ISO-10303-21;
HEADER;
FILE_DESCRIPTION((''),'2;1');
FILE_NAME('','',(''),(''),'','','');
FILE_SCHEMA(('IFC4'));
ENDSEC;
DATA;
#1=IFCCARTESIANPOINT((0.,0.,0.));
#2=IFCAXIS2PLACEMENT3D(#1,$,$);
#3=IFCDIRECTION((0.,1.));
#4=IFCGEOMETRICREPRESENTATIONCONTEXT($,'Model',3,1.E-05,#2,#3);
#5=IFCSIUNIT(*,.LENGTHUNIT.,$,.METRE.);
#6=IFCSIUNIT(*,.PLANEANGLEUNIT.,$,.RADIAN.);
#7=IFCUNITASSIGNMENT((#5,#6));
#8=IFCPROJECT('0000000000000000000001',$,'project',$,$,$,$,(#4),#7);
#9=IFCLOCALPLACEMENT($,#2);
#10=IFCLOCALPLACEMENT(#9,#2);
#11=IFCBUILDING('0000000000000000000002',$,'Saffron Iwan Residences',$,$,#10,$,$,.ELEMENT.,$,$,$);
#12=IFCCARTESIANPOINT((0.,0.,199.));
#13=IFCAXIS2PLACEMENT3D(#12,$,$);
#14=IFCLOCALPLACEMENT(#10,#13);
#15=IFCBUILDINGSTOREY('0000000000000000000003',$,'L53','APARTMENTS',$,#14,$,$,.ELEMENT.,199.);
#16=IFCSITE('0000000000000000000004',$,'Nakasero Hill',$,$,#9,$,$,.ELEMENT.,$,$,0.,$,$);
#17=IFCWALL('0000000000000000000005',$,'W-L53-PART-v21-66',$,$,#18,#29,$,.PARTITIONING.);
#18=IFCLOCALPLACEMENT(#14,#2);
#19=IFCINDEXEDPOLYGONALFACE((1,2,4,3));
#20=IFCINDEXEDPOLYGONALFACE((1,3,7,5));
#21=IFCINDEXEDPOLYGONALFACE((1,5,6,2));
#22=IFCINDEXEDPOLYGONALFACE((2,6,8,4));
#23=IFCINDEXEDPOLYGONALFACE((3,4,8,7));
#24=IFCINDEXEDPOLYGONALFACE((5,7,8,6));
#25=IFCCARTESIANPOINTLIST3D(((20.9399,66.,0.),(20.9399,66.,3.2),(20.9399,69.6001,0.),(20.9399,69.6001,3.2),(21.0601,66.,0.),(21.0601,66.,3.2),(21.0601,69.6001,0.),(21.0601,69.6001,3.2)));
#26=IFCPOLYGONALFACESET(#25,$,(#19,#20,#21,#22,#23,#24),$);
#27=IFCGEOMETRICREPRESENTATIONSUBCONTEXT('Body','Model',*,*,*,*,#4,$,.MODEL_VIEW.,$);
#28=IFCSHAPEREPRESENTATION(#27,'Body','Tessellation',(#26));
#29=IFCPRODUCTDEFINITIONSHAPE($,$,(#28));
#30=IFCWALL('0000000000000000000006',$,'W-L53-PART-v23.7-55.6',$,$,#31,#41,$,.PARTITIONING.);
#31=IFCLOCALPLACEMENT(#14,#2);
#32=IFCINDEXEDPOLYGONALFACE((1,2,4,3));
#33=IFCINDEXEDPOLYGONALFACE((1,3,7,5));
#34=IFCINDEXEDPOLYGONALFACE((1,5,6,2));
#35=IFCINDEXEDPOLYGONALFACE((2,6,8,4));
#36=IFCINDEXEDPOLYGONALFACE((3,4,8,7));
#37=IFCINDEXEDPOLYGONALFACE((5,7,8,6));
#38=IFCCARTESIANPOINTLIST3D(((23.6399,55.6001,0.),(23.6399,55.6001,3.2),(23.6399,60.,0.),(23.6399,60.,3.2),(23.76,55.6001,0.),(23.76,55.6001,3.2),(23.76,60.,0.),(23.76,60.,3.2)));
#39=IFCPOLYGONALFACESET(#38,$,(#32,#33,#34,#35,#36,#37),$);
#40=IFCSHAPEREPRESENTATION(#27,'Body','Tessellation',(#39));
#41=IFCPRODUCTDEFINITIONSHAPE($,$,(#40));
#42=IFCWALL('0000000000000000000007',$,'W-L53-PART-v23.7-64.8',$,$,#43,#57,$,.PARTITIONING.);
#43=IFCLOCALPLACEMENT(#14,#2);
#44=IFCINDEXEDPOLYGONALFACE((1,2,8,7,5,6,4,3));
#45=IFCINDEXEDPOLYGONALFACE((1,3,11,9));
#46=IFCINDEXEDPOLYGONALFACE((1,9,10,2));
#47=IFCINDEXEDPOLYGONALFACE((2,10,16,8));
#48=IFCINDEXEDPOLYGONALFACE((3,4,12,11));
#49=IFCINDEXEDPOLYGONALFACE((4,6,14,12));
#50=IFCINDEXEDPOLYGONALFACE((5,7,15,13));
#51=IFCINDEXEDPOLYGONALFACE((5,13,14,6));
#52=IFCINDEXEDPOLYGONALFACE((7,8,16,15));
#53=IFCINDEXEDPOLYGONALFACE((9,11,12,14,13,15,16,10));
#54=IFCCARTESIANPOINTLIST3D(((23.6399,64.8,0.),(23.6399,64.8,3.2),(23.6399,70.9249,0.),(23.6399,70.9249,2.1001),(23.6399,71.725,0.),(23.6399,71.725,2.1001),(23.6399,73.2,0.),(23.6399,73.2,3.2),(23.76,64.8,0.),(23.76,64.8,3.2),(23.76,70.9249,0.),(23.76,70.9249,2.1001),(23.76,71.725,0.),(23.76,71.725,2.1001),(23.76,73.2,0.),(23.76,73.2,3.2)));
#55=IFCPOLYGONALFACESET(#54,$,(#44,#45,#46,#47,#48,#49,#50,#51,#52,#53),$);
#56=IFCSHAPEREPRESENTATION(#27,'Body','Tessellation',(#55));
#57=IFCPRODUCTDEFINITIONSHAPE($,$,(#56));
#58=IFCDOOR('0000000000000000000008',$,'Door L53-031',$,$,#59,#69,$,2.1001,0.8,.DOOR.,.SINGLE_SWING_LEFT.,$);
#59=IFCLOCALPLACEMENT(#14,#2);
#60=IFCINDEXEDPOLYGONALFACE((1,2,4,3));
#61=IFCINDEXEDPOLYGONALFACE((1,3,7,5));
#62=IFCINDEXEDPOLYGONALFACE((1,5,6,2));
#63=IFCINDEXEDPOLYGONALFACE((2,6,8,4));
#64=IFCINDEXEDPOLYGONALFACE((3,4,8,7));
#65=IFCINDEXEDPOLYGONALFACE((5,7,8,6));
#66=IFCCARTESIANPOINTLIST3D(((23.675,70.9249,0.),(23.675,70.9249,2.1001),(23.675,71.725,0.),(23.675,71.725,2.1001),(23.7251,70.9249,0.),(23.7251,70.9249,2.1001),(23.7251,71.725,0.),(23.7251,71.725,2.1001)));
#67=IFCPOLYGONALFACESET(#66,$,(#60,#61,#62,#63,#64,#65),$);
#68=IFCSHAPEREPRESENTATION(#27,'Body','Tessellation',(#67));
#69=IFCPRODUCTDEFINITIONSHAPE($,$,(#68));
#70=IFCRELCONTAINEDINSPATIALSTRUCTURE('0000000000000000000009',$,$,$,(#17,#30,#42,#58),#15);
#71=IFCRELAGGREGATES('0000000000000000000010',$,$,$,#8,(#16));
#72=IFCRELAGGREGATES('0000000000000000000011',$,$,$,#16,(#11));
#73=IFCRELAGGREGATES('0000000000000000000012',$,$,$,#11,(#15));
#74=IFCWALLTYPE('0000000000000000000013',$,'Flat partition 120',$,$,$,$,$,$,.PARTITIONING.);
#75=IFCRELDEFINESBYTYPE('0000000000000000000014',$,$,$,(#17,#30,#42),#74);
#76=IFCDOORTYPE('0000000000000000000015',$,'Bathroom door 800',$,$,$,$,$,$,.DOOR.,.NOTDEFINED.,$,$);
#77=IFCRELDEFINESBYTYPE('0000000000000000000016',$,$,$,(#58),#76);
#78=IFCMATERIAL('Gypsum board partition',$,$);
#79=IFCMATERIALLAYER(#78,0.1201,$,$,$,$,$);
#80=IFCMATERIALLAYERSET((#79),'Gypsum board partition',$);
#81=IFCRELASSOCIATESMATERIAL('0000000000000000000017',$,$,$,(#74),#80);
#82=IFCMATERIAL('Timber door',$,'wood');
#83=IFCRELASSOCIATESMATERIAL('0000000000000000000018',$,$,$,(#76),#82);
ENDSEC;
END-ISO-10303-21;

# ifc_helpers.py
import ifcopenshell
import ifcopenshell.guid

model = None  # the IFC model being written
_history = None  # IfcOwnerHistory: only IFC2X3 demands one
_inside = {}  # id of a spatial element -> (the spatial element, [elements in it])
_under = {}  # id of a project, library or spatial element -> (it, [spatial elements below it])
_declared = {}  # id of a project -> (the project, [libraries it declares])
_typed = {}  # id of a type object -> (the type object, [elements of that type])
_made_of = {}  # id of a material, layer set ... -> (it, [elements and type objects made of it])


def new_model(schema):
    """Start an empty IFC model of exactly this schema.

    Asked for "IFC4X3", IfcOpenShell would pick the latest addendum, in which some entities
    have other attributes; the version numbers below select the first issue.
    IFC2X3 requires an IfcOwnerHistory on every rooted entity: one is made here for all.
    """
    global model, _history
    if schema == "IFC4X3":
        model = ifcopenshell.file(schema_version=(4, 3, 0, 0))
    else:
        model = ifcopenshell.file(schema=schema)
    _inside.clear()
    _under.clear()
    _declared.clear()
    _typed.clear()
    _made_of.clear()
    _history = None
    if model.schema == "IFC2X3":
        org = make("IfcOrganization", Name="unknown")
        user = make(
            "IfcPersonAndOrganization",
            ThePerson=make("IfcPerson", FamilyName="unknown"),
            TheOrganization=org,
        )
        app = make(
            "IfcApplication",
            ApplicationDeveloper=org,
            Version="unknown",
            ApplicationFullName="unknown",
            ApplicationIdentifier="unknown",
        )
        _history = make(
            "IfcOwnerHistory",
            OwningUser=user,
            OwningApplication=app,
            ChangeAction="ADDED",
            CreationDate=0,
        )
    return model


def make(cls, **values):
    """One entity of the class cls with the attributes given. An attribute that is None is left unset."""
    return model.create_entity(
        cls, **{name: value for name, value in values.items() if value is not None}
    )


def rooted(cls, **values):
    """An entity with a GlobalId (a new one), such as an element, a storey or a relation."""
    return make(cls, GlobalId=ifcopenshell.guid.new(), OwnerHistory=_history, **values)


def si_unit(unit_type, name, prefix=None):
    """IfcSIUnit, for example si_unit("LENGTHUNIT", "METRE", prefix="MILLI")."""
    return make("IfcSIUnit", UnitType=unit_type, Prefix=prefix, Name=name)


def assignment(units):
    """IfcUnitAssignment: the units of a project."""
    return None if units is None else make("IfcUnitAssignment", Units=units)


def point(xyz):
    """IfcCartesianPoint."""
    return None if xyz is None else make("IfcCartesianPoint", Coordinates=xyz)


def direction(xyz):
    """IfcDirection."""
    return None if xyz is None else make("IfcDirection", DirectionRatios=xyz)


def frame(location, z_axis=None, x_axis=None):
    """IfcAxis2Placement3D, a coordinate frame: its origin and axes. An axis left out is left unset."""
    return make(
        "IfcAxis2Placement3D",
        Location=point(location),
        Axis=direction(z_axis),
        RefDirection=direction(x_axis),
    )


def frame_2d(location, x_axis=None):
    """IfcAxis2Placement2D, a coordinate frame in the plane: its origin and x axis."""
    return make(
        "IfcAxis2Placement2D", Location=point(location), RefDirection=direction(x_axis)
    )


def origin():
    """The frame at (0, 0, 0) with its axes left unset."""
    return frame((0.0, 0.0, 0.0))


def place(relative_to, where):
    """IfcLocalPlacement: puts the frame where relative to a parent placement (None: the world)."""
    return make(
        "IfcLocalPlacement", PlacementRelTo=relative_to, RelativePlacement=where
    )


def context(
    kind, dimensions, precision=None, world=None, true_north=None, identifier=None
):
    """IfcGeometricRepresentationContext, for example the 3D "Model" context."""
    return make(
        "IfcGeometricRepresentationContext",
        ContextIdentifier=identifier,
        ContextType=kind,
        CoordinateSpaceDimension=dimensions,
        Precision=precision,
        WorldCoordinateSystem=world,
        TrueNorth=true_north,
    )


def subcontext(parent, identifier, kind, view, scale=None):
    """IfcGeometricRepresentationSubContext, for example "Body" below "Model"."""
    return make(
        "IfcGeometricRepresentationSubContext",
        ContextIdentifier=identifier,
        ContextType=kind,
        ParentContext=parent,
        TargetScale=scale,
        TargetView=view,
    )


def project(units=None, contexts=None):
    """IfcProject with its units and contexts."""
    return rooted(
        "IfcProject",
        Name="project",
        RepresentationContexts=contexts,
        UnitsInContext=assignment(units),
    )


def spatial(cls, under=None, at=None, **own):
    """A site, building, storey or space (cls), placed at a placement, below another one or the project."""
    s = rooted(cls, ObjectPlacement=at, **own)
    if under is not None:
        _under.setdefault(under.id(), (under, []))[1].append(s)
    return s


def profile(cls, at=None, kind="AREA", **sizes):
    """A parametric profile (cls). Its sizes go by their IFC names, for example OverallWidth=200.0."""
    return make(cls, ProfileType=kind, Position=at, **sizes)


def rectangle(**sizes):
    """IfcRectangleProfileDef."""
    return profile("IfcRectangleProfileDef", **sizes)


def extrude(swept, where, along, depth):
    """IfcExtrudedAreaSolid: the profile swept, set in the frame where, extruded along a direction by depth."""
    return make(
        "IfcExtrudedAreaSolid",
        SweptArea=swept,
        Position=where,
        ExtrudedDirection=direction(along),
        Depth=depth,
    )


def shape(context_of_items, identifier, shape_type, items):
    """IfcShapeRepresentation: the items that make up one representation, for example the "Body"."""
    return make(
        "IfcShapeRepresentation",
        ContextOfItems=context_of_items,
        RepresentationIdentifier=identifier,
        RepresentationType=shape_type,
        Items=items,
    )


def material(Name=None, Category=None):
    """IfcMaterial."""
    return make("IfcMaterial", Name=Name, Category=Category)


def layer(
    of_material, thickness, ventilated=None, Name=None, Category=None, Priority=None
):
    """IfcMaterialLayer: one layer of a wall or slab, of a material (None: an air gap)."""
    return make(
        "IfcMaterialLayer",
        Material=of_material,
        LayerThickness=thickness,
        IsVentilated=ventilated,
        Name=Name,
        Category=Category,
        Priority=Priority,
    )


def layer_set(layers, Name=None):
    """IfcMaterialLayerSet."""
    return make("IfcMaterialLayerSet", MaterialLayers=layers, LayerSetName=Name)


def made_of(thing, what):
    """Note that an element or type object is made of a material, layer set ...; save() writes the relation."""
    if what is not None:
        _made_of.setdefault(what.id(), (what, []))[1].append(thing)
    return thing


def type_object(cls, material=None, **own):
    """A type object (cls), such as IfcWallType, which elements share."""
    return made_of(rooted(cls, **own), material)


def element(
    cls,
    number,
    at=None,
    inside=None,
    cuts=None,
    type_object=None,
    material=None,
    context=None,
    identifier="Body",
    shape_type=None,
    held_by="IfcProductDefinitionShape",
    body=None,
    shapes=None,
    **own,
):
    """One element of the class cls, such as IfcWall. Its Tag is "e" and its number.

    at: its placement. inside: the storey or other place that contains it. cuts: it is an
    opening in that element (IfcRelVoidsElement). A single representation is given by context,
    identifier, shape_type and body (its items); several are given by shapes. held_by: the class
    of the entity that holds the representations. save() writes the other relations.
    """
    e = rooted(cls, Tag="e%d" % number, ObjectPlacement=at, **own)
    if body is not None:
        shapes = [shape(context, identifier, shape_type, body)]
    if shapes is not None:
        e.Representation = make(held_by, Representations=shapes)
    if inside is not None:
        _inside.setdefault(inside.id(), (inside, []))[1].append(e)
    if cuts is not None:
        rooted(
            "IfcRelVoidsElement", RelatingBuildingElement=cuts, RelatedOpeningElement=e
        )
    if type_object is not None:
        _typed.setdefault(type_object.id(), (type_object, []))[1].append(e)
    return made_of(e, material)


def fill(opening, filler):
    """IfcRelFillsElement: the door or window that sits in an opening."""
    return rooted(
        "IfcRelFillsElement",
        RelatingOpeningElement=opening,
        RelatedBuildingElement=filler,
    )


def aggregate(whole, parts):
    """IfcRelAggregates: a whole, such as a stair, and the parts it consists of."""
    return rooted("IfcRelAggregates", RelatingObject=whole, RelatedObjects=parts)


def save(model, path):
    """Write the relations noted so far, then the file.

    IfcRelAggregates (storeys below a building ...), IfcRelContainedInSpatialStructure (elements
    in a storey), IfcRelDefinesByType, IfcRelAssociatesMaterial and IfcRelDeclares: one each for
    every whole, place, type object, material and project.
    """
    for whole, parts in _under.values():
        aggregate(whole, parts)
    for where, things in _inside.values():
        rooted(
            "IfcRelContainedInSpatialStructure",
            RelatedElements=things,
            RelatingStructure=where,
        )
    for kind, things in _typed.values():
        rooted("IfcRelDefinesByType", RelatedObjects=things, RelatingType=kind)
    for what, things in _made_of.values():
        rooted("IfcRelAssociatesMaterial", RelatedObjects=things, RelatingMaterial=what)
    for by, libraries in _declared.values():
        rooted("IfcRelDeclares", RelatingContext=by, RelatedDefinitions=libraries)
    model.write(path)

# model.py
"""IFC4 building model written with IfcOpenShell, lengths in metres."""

from ifc_helpers import new_model, si_unit, direction, frame, frame_2d, origin, place, context, subcontext, project, spatial, rectangle, extrude, material, layer, layer_set, type_object, element, fill, save


model = new_model("IFC4")

# Units and contexts
model_context = context("Model", 3, precision=1e-05, world=origin(), true_north=direction((0.0, 1.0)))
body_context = subcontext(model_context, "Body", "Model", "MODEL_VIEW")
ifc_project = project(units=[si_unit("LENGTHUNIT", "METRE"), si_unit("PLANEANGLEUNIT", "RADIAN")], contexts=[model_context])

# Site, building, storey
site_placement = place(None, origin())
site = spatial("IfcSite", under=ifc_project, at=site_placement, Name="Nakasero Hill", CompositionType="ELEMENT", RefElevation=0.0)
building_placement = place(site_placement, origin())
building = spatial("IfcBuilding", under=site, at=building_placement, Name="Saffron Iwan Residences", CompositionType="ELEMENT")
storey_placement = place(building_placement, frame((0.0, 0.0, 199.0)))
storey = spatial("IfcBuildingStorey", under=building, at=storey_placement, Name="L53", Description="APARTMENTS", CompositionType="ELEMENT", Elevation=199.0)

# Shared definitions
ifc_material_1 = material(Name="Gypsum board partition")
ifc_layer_1 = layer(ifc_material_1, 0.1201)
ifc_layer_set_1 = layer_set([ifc_layer_1], Name="Gypsum board partition")
wall_type_1 = type_object("IfcWallType", Name="Flat partition 120", PredefinedType="PARTITIONING", material=ifc_layer_set_1)
ifc_material_2 = material(Name="Timber door", Category="wood")
door_type_1 = type_object("IfcDoorType", Name="Bathroom door 800", OperationType="NOTDEFINED", PredefinedType="DOOR", material=ifc_material_2)

# Walls
wall_1_placement = place(storey_placement, frame((21.0, 66.0, 0.0), z_axis=(0.0, 0.0, 1.0), x_axis=(0.0, 1.0, 0.0)))
element("IfcWall", 1, at=wall_1_placement, inside=storey, type_object=wall_type_1, Name="W-L53-PART-v21-66", PredefinedType="PARTITIONING", context=body_context, shape_type="SweptSolid", body=[
    extrude(rectangle(XDim=3.6001, YDim=0.1201, at=frame_2d((1.8, 0.0))), origin(), (0.0, 0.0, 1.0), 3.2),
])
wall_2_placement = place(storey_placement, frame((23.7, 55.6001, 0.0), z_axis=(0.0, 0.0, 1.0), x_axis=(0.0, 1.0, 0.0)))
element("IfcWall", 2, at=wall_2_placement, inside=storey, type_object=wall_type_1, Name="W-L53-PART-v23.7-55.6", PredefinedType="PARTITIONING", context=body_context, shape_type="SweptSolid", body=[
    extrude(rectangle(XDim=4.3999, YDim=0.1201, at=frame_2d((2.2, 0.0))), origin(), (0.0, 0.0, 1.0), 3.2),
])

# Wall, opening, door
wall_3_placement = place(storey_placement, frame((23.7, 64.8, 0.0), z_axis=(0.0, 0.0, 1.0), x_axis=(0.0, 1.0, 0.0)))
wall_3 = element("IfcWall", 3, at=wall_3_placement, inside=storey, type_object=wall_type_1, Name="W-L53-PART-v23.7-64.8", PredefinedType="PARTITIONING", context=body_context, shape_type="SweptSolid", body=[
    extrude(rectangle(XDim=8.3999, YDim=0.1201, at=frame_2d((4.2, 0.0))), origin(), (0.0, 0.0, 1.0), 3.2),
])
opening_1_placement = place(wall_3_placement, frame((6.125, 0.0, 0.0)))
opening_1 = element("IfcOpeningElement", 4, at=opening_1_placement, cuts=wall_3, PredefinedType="OPENING", context=body_context, shape_type="SweptSolid", body=[
    extrude(rectangle(XDim=0.8, YDim=2.1001, at=frame_2d((0.3999, 1.05))), frame((0.0, 0.0701, 0.0), z_axis=(0.0, -1.0, 0.0), x_axis=(1.0, 0.0, 0.0)), (0.0, 0.0, 1.0), 0.1401),
])
door_1_placement = place(opening_1_placement, origin())
door_1 = element("IfcDoor", 5, at=door_1_placement, inside=storey, type_object=door_type_1, Name="Door L53-031", OperationType="SINGLE_SWING_LEFT", OverallHeight=2.1001, OverallWidth=0.8, PredefinedType="DOOR", context=body_context, shape_type="SweptSolid", body=[
    extrude(rectangle(XDim=0.8, YDim=2.1001, at=frame_2d((0.3999, 1.05))), frame((0.0, 0.0249, 0.0), z_axis=(0.0, -1.0, 0.0), x_axis=(1.0, 0.0, 0.0)), (0.0, 0.0, 1.0), 0.05),
])
fill(opening_1, door_1)

save(model, "model.ifc")
